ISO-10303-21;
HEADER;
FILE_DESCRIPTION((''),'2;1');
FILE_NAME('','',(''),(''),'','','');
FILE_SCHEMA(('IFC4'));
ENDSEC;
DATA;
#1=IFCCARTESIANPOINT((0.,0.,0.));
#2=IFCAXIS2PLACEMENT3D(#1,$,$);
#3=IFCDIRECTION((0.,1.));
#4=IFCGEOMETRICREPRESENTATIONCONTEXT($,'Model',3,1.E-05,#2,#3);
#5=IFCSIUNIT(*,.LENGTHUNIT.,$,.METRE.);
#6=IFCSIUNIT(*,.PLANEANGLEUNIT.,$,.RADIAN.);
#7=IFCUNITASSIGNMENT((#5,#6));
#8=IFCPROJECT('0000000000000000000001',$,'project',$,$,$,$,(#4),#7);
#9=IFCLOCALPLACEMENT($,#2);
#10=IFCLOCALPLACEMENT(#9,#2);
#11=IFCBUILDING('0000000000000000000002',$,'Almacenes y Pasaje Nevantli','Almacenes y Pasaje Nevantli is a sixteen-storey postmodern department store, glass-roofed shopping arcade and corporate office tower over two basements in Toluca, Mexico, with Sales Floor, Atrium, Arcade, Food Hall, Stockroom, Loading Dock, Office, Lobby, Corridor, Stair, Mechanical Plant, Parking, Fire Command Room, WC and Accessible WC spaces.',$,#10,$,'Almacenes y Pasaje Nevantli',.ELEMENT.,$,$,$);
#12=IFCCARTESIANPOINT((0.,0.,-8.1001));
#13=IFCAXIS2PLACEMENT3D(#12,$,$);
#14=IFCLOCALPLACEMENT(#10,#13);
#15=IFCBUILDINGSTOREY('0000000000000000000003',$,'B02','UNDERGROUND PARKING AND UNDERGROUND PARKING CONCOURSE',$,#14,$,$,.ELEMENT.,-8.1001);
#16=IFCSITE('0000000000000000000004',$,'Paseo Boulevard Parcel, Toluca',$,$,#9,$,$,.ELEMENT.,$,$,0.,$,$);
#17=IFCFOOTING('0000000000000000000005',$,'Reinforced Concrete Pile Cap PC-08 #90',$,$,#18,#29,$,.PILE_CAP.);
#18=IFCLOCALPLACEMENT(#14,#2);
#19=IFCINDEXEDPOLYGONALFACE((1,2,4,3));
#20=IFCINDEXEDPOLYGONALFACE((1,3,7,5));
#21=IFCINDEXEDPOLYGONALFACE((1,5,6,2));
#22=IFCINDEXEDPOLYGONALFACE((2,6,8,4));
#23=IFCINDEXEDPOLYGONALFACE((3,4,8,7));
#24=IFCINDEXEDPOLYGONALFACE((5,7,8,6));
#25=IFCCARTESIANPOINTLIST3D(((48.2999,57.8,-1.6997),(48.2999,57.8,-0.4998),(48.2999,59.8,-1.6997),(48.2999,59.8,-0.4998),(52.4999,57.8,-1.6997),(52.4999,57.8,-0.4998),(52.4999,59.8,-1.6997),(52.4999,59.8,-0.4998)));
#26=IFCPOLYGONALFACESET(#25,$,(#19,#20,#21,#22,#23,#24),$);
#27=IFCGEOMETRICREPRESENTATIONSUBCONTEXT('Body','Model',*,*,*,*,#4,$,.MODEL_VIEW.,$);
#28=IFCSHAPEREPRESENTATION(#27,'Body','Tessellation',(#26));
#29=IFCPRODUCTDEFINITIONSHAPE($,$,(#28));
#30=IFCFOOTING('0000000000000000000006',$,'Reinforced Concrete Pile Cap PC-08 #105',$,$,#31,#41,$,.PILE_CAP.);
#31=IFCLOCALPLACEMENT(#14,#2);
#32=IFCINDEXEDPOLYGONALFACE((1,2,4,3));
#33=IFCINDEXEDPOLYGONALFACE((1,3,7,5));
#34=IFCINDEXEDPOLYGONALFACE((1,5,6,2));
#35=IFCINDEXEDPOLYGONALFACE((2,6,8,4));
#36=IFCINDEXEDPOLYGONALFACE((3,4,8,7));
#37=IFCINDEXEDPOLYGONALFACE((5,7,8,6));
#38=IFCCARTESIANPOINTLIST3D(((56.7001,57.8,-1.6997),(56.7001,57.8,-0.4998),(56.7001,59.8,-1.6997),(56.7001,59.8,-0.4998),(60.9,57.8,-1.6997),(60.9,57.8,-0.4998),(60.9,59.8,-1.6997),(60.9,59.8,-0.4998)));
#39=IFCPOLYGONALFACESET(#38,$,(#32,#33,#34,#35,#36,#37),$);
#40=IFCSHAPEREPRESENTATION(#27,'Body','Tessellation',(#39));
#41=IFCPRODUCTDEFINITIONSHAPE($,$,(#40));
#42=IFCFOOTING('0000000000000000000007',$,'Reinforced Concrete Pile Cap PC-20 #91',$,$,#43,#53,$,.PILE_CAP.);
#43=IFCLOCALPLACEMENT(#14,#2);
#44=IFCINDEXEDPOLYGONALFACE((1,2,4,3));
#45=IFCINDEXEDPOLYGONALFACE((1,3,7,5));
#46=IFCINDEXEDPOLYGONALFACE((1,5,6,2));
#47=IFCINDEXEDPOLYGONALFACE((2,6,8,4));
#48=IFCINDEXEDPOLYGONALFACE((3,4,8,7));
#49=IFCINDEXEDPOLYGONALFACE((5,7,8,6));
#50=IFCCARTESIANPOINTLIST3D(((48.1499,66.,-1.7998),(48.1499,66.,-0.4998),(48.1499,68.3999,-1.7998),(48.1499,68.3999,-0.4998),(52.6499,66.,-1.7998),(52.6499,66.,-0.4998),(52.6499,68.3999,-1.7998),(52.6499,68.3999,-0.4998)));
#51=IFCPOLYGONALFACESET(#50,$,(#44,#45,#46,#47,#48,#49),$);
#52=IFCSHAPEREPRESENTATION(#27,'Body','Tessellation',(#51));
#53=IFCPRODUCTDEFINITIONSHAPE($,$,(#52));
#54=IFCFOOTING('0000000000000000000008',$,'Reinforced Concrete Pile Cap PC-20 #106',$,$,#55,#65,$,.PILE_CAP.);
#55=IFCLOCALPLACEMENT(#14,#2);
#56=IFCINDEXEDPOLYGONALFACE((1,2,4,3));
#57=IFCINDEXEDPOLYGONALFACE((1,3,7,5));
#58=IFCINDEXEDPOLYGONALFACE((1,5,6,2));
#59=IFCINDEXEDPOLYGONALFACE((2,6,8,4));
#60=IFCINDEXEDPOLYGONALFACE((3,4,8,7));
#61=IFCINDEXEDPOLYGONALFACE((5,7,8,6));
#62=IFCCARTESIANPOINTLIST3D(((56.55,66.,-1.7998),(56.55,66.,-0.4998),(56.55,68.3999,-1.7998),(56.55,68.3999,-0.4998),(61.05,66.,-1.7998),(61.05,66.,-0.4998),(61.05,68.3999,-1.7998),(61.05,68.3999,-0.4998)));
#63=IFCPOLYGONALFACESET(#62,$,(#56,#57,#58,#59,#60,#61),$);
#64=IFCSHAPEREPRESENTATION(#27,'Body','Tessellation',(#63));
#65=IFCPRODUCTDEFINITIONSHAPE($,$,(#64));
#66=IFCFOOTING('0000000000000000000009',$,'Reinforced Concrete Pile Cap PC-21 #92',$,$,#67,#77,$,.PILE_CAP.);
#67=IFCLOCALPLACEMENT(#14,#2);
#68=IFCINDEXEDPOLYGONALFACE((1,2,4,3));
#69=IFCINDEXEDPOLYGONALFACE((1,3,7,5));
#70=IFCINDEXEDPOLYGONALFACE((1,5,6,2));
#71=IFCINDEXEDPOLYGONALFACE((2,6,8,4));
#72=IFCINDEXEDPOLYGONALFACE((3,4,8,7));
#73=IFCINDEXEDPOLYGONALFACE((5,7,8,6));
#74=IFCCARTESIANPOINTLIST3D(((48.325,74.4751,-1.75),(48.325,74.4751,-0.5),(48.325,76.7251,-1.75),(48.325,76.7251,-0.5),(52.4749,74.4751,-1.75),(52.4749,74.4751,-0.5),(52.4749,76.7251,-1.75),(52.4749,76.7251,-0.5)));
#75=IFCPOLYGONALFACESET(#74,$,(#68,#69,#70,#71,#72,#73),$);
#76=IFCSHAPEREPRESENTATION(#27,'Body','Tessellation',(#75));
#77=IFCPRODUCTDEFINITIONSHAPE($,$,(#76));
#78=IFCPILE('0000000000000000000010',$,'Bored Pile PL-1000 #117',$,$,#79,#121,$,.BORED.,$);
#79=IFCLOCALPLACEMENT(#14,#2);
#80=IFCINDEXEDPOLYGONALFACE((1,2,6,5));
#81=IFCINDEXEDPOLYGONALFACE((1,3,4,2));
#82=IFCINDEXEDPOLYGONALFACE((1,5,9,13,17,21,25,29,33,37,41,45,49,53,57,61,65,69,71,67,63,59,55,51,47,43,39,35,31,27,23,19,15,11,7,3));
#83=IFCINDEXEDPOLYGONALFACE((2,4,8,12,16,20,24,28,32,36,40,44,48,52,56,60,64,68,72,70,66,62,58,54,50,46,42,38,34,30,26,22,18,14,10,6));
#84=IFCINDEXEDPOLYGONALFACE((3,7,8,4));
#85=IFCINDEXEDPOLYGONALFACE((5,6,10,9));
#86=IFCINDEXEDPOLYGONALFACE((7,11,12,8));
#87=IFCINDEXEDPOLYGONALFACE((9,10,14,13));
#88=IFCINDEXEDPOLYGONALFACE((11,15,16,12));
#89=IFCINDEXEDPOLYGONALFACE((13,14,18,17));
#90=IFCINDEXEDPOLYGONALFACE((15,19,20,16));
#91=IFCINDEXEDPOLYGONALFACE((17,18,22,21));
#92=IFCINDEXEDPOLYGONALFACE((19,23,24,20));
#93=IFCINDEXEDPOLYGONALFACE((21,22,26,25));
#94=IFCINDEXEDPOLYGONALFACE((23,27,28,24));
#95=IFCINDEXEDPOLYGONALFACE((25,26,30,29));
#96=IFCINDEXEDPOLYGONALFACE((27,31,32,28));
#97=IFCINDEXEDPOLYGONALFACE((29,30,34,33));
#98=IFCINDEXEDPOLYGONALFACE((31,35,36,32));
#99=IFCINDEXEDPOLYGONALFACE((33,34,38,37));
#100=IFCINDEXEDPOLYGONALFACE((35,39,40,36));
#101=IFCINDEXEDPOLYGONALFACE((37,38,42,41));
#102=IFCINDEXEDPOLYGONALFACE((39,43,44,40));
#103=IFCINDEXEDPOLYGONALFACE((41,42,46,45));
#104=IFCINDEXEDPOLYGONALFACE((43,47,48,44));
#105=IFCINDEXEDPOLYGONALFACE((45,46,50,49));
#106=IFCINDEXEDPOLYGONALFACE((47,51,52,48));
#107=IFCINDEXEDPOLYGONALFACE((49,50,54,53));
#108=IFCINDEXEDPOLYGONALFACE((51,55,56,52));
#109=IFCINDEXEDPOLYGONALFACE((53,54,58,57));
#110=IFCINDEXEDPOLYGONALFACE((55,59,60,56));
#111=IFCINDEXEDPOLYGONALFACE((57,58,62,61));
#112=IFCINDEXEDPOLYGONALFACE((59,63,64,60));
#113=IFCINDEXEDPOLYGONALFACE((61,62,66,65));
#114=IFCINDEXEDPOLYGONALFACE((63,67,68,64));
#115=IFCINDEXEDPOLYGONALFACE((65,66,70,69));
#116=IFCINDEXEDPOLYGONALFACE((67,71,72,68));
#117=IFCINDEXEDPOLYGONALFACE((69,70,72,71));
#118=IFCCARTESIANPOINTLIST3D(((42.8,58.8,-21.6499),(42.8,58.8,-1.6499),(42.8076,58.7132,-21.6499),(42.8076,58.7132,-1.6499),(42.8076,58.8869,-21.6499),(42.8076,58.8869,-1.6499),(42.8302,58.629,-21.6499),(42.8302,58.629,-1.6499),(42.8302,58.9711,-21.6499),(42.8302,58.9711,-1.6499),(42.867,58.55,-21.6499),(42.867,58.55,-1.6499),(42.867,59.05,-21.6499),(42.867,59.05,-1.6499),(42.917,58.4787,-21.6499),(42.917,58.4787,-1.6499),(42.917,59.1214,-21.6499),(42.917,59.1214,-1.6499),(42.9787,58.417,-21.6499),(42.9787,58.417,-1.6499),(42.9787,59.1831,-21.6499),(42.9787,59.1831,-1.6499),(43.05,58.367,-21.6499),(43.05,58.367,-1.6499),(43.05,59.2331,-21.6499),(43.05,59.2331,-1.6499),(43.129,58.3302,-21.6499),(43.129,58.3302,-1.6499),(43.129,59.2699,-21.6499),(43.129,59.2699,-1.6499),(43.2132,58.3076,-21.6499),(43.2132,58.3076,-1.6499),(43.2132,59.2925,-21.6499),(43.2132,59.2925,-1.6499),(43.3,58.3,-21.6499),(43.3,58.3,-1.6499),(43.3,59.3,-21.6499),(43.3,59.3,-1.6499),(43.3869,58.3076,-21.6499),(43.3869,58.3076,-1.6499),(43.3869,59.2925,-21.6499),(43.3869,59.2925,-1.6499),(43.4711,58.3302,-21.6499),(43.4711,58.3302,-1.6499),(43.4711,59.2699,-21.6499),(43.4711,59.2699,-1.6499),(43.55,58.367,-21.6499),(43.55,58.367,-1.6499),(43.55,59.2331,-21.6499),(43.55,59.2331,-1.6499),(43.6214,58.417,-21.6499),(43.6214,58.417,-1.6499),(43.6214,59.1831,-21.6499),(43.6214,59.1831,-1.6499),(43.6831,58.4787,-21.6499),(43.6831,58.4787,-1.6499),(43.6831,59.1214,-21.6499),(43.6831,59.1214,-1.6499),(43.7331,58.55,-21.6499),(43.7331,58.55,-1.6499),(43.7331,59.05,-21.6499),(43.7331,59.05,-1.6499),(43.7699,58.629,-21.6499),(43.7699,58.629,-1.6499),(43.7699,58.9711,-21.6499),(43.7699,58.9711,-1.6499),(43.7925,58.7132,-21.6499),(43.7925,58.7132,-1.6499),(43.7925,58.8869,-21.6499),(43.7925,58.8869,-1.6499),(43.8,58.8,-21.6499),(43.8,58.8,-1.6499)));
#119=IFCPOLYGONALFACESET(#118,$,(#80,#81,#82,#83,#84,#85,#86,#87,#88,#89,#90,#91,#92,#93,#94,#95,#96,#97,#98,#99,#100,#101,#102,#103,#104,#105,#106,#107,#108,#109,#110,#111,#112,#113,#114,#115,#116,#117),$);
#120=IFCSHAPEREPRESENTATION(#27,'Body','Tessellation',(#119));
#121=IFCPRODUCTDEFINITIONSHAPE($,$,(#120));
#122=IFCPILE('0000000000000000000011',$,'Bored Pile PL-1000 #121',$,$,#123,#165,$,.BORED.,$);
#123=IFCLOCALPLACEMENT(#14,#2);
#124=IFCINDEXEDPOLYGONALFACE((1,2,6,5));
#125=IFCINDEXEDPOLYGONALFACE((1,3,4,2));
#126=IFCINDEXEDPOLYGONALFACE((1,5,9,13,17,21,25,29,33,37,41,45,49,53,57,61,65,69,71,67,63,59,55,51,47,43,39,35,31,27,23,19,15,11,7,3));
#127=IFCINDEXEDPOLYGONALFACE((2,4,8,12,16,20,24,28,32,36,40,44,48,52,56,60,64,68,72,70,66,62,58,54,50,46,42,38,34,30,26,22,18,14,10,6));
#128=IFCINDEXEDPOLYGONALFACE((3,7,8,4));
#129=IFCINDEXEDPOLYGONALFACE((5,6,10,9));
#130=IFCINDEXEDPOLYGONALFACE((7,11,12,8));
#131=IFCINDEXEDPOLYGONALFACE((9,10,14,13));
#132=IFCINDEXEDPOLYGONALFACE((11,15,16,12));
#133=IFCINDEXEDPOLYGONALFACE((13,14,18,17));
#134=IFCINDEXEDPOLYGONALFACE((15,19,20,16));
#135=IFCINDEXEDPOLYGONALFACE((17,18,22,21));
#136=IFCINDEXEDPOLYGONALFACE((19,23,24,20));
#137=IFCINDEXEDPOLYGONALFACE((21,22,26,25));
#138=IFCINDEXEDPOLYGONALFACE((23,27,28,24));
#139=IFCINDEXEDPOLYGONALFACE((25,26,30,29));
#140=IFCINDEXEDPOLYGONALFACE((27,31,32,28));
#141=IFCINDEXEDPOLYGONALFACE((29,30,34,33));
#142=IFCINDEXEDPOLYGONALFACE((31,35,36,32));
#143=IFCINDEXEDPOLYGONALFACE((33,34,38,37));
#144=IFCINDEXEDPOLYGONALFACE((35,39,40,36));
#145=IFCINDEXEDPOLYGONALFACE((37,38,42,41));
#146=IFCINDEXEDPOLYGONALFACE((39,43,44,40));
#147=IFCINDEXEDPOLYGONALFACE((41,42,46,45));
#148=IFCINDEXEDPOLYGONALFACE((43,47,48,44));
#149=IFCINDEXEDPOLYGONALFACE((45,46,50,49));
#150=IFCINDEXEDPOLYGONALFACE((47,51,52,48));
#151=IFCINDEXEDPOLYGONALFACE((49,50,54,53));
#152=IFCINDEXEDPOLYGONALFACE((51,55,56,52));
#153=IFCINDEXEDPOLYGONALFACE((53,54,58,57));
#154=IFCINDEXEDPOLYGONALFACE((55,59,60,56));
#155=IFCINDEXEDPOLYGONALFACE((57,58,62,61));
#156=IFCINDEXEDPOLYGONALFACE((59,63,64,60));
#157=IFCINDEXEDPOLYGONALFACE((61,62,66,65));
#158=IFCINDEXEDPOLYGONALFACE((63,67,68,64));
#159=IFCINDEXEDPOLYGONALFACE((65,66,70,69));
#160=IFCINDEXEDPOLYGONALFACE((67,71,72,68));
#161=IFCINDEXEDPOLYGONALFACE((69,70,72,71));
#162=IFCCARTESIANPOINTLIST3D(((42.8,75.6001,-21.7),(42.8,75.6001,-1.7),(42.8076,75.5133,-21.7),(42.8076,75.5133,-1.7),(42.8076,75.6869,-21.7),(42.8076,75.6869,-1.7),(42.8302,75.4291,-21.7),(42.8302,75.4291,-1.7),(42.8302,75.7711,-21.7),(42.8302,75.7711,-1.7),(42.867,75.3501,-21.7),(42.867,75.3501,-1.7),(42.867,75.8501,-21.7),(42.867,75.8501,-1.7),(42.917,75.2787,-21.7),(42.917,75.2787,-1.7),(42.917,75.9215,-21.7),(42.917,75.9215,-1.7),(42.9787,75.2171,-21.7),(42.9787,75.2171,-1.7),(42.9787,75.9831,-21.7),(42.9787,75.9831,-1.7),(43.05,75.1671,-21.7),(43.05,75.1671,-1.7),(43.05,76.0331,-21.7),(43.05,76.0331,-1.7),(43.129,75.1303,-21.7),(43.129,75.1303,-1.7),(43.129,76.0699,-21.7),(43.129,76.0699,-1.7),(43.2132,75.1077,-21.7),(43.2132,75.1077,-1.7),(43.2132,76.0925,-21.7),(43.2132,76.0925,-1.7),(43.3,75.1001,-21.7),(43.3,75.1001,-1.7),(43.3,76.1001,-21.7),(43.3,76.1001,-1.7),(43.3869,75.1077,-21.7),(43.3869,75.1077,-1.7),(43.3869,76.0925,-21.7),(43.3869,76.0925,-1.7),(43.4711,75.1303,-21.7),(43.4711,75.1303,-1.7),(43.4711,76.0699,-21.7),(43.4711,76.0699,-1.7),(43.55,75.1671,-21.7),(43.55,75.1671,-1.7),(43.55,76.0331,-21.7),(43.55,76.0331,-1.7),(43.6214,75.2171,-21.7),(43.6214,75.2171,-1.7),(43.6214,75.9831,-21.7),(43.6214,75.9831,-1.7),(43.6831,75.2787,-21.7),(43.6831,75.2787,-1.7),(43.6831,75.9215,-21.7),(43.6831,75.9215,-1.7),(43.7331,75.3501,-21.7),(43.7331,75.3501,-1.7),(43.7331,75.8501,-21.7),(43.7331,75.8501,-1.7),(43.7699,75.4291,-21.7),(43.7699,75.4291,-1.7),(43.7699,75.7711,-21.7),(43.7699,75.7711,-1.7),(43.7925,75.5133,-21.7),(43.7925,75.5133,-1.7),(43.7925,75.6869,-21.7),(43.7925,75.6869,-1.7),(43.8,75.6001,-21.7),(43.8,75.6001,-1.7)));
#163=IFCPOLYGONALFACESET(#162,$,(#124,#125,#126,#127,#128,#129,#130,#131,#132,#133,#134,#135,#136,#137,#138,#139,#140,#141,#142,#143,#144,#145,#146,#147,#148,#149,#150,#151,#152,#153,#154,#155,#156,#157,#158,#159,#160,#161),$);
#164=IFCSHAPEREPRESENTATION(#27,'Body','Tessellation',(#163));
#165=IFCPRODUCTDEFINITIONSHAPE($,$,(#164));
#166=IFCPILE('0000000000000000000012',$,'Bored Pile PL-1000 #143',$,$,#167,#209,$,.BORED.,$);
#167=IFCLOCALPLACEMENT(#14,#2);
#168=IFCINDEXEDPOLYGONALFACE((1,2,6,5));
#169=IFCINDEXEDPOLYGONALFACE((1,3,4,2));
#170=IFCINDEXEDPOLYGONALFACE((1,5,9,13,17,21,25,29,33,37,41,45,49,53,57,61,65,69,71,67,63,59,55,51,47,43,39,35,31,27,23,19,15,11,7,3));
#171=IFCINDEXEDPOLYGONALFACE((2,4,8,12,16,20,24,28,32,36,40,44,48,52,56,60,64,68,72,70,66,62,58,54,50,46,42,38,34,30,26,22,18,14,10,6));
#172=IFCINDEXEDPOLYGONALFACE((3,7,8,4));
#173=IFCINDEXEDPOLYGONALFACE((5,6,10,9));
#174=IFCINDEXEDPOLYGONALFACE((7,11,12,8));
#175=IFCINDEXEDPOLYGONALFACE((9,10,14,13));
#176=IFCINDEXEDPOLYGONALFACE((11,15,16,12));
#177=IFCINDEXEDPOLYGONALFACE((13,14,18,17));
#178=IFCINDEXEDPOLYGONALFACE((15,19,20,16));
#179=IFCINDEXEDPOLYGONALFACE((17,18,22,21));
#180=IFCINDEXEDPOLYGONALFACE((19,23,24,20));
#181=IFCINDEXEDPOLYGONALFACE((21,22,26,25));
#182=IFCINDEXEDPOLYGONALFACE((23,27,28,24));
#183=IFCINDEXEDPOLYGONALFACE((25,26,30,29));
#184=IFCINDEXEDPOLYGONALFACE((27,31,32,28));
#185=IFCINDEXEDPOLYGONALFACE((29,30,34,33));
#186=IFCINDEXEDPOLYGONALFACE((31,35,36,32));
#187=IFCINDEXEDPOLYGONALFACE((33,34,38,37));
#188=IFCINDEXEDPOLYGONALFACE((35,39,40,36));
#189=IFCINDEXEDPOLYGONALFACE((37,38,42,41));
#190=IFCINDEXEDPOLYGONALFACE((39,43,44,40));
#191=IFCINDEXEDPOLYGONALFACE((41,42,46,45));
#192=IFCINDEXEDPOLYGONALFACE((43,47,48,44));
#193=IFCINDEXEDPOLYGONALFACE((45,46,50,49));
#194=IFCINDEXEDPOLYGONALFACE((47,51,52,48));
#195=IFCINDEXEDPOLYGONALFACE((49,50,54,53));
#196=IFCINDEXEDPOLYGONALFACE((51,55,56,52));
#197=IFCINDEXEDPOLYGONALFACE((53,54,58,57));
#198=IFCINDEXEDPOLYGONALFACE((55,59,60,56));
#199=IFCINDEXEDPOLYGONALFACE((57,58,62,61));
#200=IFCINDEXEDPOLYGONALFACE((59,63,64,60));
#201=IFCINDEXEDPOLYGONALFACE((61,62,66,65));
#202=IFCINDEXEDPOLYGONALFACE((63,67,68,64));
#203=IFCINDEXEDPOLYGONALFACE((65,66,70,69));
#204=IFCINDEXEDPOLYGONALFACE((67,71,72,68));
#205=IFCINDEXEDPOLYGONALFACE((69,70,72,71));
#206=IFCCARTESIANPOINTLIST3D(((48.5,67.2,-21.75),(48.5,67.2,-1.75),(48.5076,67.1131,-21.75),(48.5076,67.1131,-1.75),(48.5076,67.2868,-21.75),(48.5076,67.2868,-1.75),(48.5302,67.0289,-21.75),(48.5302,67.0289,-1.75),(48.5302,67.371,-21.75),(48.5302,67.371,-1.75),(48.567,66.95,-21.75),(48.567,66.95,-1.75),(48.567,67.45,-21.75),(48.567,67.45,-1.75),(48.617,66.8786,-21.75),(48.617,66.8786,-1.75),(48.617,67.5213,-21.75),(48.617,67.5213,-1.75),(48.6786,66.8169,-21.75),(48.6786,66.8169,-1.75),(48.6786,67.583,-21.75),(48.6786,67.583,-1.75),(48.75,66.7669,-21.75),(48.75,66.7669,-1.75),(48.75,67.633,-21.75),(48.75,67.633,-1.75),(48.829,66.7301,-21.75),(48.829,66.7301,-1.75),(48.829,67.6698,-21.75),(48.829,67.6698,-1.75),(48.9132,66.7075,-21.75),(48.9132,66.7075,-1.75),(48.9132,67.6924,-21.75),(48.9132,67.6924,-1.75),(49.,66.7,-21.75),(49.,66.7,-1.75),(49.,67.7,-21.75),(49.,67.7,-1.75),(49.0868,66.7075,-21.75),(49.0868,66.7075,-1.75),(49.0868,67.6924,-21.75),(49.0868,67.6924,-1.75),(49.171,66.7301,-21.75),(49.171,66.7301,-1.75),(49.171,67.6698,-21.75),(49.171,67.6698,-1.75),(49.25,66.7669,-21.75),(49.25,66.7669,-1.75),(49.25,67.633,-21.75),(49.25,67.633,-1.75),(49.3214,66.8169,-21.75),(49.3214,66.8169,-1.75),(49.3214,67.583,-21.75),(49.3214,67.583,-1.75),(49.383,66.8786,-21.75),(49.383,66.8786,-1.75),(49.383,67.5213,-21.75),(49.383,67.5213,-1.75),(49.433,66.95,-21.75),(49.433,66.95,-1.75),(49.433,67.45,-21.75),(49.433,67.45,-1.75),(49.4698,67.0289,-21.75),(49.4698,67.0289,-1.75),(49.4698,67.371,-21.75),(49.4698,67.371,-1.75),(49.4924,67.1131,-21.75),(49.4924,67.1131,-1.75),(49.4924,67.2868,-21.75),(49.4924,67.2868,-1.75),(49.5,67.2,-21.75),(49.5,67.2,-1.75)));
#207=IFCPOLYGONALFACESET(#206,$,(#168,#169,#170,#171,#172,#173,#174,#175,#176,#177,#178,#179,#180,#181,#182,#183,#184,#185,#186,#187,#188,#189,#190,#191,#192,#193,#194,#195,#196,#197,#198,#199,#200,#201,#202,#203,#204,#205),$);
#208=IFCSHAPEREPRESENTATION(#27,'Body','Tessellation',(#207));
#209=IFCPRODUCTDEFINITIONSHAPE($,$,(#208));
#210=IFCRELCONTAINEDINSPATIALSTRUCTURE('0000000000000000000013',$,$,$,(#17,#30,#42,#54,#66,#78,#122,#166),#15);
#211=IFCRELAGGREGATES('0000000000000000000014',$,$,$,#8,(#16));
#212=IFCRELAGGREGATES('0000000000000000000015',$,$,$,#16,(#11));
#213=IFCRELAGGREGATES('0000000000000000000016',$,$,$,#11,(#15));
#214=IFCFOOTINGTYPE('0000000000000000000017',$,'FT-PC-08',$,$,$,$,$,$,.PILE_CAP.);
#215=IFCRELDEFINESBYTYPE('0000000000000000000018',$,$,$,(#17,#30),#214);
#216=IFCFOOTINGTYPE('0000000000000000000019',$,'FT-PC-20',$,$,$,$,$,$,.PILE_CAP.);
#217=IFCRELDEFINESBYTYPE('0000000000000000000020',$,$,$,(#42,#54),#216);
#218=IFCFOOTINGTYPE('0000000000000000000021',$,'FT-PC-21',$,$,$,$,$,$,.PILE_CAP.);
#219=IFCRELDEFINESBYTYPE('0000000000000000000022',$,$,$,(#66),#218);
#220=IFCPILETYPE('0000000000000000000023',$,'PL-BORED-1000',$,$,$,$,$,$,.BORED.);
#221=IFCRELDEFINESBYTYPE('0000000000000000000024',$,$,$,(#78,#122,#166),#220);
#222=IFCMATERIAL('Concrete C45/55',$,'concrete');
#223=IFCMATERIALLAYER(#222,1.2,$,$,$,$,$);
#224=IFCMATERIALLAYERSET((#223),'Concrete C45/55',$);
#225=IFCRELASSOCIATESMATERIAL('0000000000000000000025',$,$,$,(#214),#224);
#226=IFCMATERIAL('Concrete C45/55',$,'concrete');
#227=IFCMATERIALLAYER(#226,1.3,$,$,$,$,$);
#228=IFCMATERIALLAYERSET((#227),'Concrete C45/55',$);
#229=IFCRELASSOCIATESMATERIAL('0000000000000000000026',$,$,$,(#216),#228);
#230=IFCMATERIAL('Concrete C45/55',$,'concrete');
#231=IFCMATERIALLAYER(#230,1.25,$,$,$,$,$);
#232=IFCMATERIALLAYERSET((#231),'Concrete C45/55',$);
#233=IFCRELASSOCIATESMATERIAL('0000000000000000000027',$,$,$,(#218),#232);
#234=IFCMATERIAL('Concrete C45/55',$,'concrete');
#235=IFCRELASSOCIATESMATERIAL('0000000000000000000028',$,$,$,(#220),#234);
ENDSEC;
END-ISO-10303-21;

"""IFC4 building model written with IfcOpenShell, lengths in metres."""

from ifc_helpers import new_model, si_unit, direction, frame, origin, origin_2d, place, context, subcontext, project, spatial, rectangle, circle, extrude, material, layer, layer_set, material_profile, profile_set, type_object, element, save


model = new_model("IFC4")

# Units and contexts
model_context = context("Model", 3, precision=1e-05, world=origin(), true_north=direction((0.0, 1.0)))
body_context = subcontext(model_context, "Body", "Model", "MODEL_VIEW")
ifc_project = project(units=[si_unit("LENGTHUNIT", "METRE"), si_unit("PLANEANGLEUNIT", "RADIAN")], contexts=[model_context])

# Site, building, storey
site_placement = place(None, origin())
site = spatial("IfcSite", under=ifc_project, at=site_placement, Name="Paseo Boulevard Parcel, Toluca", CompositionType="ELEMENT", RefElevation=0.0)
building_placement = place(site_placement, origin())
building = spatial("IfcBuilding", under=site, at=building_placement, Name="Almacenes y Pasaje Nevantli", Description="Almacenes y Pasaje Nevantli is a sixteen-storey postmodern department store, glass-roofed shopping arcade and corporate office tower over two basements in Toluca, Mexico, with Sales Floor, Atrium, Arcade, Food Hall, Stockroom, Loading Dock, Office, Lobby, Corridor, Stair, Mechanical Plant, Parking, Fire Command Room, WC and Accessible WC spaces.", LongName="Almacenes y Pasaje Nevantli", CompositionType="ELEMENT")
storey_placement = place(building_placement, frame((0.0, 0.0, -8.1001)))
storey = spatial("IfcBuildingStorey", under=building, at=storey_placement, Name="B02", Description="UNDERGROUND PARKING AND UNDERGROUND PARKING CONCOURSE", CompositionType="ELEMENT", Elevation=-8.1001)

# Footings
ifc_material_1 = material(Name="Concrete C45/55", Category="concrete")
ifc_layer_1 = layer(ifc_material_1, 1.2)
ifc_layer_set_1 = layer_set([ifc_layer_1], Name="Concrete C45/55")
footing_type_1 = type_object("IfcFootingType", Name="FT-PC-08", PredefinedType="PILE_CAP", material=ifc_layer_set_1)
for number, where, z_axis, x_axis, name in (
    (1, (50.3999, 58.8, -1.6997), (0.0, 0.0, 1.0), (1.0, 0.0, 0.0), "Reinforced Concrete Pile Cap PC-08 #90"),
    (2, (58.8, 58.8, -1.6997), (0.0, 0.0, 1.0), (1.0, 0.0, 0.0), "Reinforced Concrete Pile Cap PC-08 #105"),
):
    element("IfcFooting", number, at=place(storey_placement, frame(where, z_axis=z_axis, x_axis=x_axis)), inside=storey, type_object=footing_type_1, Name=name, PredefinedType="PILE_CAP", context=body_context, shape_type="SweptSolid", body=[
        extrude(rectangle(XDim=4.2, YDim=2.0, at=origin_2d()), origin(), (0.0, 0.0, 1.0), 1.2),
    ])
ifc_material_2 = material(Name="Concrete C45/55", Category="concrete")
ifc_layer_2 = layer(ifc_material_2, 1.3)
ifc_layer_set_2 = layer_set([ifc_layer_2], Name="Concrete C45/55")
footing_type_2 = type_object("IfcFootingType", Name="FT-PC-20", PredefinedType="PILE_CAP", material=ifc_layer_set_2)
for number, where, z_axis, x_axis, name in (
    (3, (50.3999, 67.2, -1.7998), (0.0, 0.0, 1.0), (1.0, 0.0, 0.0), "Reinforced Concrete Pile Cap PC-20 #91"),
    (4, (58.8, 67.2, -1.7998), (0.0, 0.0, 1.0), (1.0, 0.0, 0.0), "Reinforced Concrete Pile Cap PC-20 #106"),
):
    element("IfcFooting", number, at=place(storey_placement, frame(where, z_axis=z_axis, x_axis=x_axis)), inside=storey, type_object=footing_type_2, Name=name, PredefinedType="PILE_CAP", context=body_context, shape_type="SweptSolid", body=[
        extrude(rectangle(XDim=4.5, YDim=2.3999, at=origin_2d()), origin(), (0.0, 0.0, 1.0), 1.3),
    ])
ifc_material_3 = material(Name="Concrete C45/55", Category="concrete")
ifc_layer_3 = layer(ifc_material_3, 1.25)
ifc_layer_set_3 = layer_set([ifc_layer_3], Name="Concrete C45/55")
footing_type_3 = type_object("IfcFootingType", Name="FT-PC-21", PredefinedType="PILE_CAP", material=ifc_layer_set_3)
footing_placement = place(storey_placement, frame((50.3999, 75.6001, -1.75), z_axis=(0.0, 0.0, 1.0), x_axis=(1.0, 0.0, 0.0)))
element("IfcFooting", 5, at=footing_placement, inside=storey, type_object=footing_type_3, Name="Reinforced Concrete Pile Cap PC-21 #92", PredefinedType="PILE_CAP", context=body_context, shape_type="SweptSolid", body=[
    extrude(rectangle(XDim=4.1499, YDim=2.25, at=origin_2d()), origin(), (0.0, 0.0, 1.0), 1.25),
])

# Piles
ifc_material_4 = material(Name="Concrete C45/55", Category="concrete")
ifc_material_profile_1 = material_profile(ifc_material_4, circle(Radius=0.5, at=origin_2d()), Name="RC-PILE-D1000")
ifc_profile_set_1 = profile_set([ifc_material_profile_1], Name="Concrete C45/55")
pile_type_1 = type_object("IfcPileType", Name="PL-BORED-1000", PredefinedType="BORED", material=ifc_profile_set_1)
for number, where, z_axis, x_axis, name in (
    (6, (43.3, 58.8, -1.6499), (0.0, 0.0, -1.0), (1.0, 0.0, 0.0), "Bored Pile PL-1000 #117"),
    (7, (43.3, 75.6001, -1.7), (0.0, 0.0, -1.0), (1.0, 0.0, 0.0), "Bored Pile PL-1000 #121"),
    (8, (49.0, 67.2, -1.75), (0.0, 0.0, -1.0), (1.0, 0.0, 0.0), "Bored Pile PL-1000 #143"),
):
    element("IfcPile", number, at=place(storey_placement, frame(where, z_axis=z_axis, x_axis=x_axis)), inside=storey, type_object=pile_type_1, Name=name, PredefinedType="BORED", context=body_context, shape_type="SweptSolid", body=[
        extrude(circle(Radius=0.5, at=origin_2d()), origin(), (0.0, 0.0, 1.0), 20.0),
    ])

save(model, "model.ifc")
